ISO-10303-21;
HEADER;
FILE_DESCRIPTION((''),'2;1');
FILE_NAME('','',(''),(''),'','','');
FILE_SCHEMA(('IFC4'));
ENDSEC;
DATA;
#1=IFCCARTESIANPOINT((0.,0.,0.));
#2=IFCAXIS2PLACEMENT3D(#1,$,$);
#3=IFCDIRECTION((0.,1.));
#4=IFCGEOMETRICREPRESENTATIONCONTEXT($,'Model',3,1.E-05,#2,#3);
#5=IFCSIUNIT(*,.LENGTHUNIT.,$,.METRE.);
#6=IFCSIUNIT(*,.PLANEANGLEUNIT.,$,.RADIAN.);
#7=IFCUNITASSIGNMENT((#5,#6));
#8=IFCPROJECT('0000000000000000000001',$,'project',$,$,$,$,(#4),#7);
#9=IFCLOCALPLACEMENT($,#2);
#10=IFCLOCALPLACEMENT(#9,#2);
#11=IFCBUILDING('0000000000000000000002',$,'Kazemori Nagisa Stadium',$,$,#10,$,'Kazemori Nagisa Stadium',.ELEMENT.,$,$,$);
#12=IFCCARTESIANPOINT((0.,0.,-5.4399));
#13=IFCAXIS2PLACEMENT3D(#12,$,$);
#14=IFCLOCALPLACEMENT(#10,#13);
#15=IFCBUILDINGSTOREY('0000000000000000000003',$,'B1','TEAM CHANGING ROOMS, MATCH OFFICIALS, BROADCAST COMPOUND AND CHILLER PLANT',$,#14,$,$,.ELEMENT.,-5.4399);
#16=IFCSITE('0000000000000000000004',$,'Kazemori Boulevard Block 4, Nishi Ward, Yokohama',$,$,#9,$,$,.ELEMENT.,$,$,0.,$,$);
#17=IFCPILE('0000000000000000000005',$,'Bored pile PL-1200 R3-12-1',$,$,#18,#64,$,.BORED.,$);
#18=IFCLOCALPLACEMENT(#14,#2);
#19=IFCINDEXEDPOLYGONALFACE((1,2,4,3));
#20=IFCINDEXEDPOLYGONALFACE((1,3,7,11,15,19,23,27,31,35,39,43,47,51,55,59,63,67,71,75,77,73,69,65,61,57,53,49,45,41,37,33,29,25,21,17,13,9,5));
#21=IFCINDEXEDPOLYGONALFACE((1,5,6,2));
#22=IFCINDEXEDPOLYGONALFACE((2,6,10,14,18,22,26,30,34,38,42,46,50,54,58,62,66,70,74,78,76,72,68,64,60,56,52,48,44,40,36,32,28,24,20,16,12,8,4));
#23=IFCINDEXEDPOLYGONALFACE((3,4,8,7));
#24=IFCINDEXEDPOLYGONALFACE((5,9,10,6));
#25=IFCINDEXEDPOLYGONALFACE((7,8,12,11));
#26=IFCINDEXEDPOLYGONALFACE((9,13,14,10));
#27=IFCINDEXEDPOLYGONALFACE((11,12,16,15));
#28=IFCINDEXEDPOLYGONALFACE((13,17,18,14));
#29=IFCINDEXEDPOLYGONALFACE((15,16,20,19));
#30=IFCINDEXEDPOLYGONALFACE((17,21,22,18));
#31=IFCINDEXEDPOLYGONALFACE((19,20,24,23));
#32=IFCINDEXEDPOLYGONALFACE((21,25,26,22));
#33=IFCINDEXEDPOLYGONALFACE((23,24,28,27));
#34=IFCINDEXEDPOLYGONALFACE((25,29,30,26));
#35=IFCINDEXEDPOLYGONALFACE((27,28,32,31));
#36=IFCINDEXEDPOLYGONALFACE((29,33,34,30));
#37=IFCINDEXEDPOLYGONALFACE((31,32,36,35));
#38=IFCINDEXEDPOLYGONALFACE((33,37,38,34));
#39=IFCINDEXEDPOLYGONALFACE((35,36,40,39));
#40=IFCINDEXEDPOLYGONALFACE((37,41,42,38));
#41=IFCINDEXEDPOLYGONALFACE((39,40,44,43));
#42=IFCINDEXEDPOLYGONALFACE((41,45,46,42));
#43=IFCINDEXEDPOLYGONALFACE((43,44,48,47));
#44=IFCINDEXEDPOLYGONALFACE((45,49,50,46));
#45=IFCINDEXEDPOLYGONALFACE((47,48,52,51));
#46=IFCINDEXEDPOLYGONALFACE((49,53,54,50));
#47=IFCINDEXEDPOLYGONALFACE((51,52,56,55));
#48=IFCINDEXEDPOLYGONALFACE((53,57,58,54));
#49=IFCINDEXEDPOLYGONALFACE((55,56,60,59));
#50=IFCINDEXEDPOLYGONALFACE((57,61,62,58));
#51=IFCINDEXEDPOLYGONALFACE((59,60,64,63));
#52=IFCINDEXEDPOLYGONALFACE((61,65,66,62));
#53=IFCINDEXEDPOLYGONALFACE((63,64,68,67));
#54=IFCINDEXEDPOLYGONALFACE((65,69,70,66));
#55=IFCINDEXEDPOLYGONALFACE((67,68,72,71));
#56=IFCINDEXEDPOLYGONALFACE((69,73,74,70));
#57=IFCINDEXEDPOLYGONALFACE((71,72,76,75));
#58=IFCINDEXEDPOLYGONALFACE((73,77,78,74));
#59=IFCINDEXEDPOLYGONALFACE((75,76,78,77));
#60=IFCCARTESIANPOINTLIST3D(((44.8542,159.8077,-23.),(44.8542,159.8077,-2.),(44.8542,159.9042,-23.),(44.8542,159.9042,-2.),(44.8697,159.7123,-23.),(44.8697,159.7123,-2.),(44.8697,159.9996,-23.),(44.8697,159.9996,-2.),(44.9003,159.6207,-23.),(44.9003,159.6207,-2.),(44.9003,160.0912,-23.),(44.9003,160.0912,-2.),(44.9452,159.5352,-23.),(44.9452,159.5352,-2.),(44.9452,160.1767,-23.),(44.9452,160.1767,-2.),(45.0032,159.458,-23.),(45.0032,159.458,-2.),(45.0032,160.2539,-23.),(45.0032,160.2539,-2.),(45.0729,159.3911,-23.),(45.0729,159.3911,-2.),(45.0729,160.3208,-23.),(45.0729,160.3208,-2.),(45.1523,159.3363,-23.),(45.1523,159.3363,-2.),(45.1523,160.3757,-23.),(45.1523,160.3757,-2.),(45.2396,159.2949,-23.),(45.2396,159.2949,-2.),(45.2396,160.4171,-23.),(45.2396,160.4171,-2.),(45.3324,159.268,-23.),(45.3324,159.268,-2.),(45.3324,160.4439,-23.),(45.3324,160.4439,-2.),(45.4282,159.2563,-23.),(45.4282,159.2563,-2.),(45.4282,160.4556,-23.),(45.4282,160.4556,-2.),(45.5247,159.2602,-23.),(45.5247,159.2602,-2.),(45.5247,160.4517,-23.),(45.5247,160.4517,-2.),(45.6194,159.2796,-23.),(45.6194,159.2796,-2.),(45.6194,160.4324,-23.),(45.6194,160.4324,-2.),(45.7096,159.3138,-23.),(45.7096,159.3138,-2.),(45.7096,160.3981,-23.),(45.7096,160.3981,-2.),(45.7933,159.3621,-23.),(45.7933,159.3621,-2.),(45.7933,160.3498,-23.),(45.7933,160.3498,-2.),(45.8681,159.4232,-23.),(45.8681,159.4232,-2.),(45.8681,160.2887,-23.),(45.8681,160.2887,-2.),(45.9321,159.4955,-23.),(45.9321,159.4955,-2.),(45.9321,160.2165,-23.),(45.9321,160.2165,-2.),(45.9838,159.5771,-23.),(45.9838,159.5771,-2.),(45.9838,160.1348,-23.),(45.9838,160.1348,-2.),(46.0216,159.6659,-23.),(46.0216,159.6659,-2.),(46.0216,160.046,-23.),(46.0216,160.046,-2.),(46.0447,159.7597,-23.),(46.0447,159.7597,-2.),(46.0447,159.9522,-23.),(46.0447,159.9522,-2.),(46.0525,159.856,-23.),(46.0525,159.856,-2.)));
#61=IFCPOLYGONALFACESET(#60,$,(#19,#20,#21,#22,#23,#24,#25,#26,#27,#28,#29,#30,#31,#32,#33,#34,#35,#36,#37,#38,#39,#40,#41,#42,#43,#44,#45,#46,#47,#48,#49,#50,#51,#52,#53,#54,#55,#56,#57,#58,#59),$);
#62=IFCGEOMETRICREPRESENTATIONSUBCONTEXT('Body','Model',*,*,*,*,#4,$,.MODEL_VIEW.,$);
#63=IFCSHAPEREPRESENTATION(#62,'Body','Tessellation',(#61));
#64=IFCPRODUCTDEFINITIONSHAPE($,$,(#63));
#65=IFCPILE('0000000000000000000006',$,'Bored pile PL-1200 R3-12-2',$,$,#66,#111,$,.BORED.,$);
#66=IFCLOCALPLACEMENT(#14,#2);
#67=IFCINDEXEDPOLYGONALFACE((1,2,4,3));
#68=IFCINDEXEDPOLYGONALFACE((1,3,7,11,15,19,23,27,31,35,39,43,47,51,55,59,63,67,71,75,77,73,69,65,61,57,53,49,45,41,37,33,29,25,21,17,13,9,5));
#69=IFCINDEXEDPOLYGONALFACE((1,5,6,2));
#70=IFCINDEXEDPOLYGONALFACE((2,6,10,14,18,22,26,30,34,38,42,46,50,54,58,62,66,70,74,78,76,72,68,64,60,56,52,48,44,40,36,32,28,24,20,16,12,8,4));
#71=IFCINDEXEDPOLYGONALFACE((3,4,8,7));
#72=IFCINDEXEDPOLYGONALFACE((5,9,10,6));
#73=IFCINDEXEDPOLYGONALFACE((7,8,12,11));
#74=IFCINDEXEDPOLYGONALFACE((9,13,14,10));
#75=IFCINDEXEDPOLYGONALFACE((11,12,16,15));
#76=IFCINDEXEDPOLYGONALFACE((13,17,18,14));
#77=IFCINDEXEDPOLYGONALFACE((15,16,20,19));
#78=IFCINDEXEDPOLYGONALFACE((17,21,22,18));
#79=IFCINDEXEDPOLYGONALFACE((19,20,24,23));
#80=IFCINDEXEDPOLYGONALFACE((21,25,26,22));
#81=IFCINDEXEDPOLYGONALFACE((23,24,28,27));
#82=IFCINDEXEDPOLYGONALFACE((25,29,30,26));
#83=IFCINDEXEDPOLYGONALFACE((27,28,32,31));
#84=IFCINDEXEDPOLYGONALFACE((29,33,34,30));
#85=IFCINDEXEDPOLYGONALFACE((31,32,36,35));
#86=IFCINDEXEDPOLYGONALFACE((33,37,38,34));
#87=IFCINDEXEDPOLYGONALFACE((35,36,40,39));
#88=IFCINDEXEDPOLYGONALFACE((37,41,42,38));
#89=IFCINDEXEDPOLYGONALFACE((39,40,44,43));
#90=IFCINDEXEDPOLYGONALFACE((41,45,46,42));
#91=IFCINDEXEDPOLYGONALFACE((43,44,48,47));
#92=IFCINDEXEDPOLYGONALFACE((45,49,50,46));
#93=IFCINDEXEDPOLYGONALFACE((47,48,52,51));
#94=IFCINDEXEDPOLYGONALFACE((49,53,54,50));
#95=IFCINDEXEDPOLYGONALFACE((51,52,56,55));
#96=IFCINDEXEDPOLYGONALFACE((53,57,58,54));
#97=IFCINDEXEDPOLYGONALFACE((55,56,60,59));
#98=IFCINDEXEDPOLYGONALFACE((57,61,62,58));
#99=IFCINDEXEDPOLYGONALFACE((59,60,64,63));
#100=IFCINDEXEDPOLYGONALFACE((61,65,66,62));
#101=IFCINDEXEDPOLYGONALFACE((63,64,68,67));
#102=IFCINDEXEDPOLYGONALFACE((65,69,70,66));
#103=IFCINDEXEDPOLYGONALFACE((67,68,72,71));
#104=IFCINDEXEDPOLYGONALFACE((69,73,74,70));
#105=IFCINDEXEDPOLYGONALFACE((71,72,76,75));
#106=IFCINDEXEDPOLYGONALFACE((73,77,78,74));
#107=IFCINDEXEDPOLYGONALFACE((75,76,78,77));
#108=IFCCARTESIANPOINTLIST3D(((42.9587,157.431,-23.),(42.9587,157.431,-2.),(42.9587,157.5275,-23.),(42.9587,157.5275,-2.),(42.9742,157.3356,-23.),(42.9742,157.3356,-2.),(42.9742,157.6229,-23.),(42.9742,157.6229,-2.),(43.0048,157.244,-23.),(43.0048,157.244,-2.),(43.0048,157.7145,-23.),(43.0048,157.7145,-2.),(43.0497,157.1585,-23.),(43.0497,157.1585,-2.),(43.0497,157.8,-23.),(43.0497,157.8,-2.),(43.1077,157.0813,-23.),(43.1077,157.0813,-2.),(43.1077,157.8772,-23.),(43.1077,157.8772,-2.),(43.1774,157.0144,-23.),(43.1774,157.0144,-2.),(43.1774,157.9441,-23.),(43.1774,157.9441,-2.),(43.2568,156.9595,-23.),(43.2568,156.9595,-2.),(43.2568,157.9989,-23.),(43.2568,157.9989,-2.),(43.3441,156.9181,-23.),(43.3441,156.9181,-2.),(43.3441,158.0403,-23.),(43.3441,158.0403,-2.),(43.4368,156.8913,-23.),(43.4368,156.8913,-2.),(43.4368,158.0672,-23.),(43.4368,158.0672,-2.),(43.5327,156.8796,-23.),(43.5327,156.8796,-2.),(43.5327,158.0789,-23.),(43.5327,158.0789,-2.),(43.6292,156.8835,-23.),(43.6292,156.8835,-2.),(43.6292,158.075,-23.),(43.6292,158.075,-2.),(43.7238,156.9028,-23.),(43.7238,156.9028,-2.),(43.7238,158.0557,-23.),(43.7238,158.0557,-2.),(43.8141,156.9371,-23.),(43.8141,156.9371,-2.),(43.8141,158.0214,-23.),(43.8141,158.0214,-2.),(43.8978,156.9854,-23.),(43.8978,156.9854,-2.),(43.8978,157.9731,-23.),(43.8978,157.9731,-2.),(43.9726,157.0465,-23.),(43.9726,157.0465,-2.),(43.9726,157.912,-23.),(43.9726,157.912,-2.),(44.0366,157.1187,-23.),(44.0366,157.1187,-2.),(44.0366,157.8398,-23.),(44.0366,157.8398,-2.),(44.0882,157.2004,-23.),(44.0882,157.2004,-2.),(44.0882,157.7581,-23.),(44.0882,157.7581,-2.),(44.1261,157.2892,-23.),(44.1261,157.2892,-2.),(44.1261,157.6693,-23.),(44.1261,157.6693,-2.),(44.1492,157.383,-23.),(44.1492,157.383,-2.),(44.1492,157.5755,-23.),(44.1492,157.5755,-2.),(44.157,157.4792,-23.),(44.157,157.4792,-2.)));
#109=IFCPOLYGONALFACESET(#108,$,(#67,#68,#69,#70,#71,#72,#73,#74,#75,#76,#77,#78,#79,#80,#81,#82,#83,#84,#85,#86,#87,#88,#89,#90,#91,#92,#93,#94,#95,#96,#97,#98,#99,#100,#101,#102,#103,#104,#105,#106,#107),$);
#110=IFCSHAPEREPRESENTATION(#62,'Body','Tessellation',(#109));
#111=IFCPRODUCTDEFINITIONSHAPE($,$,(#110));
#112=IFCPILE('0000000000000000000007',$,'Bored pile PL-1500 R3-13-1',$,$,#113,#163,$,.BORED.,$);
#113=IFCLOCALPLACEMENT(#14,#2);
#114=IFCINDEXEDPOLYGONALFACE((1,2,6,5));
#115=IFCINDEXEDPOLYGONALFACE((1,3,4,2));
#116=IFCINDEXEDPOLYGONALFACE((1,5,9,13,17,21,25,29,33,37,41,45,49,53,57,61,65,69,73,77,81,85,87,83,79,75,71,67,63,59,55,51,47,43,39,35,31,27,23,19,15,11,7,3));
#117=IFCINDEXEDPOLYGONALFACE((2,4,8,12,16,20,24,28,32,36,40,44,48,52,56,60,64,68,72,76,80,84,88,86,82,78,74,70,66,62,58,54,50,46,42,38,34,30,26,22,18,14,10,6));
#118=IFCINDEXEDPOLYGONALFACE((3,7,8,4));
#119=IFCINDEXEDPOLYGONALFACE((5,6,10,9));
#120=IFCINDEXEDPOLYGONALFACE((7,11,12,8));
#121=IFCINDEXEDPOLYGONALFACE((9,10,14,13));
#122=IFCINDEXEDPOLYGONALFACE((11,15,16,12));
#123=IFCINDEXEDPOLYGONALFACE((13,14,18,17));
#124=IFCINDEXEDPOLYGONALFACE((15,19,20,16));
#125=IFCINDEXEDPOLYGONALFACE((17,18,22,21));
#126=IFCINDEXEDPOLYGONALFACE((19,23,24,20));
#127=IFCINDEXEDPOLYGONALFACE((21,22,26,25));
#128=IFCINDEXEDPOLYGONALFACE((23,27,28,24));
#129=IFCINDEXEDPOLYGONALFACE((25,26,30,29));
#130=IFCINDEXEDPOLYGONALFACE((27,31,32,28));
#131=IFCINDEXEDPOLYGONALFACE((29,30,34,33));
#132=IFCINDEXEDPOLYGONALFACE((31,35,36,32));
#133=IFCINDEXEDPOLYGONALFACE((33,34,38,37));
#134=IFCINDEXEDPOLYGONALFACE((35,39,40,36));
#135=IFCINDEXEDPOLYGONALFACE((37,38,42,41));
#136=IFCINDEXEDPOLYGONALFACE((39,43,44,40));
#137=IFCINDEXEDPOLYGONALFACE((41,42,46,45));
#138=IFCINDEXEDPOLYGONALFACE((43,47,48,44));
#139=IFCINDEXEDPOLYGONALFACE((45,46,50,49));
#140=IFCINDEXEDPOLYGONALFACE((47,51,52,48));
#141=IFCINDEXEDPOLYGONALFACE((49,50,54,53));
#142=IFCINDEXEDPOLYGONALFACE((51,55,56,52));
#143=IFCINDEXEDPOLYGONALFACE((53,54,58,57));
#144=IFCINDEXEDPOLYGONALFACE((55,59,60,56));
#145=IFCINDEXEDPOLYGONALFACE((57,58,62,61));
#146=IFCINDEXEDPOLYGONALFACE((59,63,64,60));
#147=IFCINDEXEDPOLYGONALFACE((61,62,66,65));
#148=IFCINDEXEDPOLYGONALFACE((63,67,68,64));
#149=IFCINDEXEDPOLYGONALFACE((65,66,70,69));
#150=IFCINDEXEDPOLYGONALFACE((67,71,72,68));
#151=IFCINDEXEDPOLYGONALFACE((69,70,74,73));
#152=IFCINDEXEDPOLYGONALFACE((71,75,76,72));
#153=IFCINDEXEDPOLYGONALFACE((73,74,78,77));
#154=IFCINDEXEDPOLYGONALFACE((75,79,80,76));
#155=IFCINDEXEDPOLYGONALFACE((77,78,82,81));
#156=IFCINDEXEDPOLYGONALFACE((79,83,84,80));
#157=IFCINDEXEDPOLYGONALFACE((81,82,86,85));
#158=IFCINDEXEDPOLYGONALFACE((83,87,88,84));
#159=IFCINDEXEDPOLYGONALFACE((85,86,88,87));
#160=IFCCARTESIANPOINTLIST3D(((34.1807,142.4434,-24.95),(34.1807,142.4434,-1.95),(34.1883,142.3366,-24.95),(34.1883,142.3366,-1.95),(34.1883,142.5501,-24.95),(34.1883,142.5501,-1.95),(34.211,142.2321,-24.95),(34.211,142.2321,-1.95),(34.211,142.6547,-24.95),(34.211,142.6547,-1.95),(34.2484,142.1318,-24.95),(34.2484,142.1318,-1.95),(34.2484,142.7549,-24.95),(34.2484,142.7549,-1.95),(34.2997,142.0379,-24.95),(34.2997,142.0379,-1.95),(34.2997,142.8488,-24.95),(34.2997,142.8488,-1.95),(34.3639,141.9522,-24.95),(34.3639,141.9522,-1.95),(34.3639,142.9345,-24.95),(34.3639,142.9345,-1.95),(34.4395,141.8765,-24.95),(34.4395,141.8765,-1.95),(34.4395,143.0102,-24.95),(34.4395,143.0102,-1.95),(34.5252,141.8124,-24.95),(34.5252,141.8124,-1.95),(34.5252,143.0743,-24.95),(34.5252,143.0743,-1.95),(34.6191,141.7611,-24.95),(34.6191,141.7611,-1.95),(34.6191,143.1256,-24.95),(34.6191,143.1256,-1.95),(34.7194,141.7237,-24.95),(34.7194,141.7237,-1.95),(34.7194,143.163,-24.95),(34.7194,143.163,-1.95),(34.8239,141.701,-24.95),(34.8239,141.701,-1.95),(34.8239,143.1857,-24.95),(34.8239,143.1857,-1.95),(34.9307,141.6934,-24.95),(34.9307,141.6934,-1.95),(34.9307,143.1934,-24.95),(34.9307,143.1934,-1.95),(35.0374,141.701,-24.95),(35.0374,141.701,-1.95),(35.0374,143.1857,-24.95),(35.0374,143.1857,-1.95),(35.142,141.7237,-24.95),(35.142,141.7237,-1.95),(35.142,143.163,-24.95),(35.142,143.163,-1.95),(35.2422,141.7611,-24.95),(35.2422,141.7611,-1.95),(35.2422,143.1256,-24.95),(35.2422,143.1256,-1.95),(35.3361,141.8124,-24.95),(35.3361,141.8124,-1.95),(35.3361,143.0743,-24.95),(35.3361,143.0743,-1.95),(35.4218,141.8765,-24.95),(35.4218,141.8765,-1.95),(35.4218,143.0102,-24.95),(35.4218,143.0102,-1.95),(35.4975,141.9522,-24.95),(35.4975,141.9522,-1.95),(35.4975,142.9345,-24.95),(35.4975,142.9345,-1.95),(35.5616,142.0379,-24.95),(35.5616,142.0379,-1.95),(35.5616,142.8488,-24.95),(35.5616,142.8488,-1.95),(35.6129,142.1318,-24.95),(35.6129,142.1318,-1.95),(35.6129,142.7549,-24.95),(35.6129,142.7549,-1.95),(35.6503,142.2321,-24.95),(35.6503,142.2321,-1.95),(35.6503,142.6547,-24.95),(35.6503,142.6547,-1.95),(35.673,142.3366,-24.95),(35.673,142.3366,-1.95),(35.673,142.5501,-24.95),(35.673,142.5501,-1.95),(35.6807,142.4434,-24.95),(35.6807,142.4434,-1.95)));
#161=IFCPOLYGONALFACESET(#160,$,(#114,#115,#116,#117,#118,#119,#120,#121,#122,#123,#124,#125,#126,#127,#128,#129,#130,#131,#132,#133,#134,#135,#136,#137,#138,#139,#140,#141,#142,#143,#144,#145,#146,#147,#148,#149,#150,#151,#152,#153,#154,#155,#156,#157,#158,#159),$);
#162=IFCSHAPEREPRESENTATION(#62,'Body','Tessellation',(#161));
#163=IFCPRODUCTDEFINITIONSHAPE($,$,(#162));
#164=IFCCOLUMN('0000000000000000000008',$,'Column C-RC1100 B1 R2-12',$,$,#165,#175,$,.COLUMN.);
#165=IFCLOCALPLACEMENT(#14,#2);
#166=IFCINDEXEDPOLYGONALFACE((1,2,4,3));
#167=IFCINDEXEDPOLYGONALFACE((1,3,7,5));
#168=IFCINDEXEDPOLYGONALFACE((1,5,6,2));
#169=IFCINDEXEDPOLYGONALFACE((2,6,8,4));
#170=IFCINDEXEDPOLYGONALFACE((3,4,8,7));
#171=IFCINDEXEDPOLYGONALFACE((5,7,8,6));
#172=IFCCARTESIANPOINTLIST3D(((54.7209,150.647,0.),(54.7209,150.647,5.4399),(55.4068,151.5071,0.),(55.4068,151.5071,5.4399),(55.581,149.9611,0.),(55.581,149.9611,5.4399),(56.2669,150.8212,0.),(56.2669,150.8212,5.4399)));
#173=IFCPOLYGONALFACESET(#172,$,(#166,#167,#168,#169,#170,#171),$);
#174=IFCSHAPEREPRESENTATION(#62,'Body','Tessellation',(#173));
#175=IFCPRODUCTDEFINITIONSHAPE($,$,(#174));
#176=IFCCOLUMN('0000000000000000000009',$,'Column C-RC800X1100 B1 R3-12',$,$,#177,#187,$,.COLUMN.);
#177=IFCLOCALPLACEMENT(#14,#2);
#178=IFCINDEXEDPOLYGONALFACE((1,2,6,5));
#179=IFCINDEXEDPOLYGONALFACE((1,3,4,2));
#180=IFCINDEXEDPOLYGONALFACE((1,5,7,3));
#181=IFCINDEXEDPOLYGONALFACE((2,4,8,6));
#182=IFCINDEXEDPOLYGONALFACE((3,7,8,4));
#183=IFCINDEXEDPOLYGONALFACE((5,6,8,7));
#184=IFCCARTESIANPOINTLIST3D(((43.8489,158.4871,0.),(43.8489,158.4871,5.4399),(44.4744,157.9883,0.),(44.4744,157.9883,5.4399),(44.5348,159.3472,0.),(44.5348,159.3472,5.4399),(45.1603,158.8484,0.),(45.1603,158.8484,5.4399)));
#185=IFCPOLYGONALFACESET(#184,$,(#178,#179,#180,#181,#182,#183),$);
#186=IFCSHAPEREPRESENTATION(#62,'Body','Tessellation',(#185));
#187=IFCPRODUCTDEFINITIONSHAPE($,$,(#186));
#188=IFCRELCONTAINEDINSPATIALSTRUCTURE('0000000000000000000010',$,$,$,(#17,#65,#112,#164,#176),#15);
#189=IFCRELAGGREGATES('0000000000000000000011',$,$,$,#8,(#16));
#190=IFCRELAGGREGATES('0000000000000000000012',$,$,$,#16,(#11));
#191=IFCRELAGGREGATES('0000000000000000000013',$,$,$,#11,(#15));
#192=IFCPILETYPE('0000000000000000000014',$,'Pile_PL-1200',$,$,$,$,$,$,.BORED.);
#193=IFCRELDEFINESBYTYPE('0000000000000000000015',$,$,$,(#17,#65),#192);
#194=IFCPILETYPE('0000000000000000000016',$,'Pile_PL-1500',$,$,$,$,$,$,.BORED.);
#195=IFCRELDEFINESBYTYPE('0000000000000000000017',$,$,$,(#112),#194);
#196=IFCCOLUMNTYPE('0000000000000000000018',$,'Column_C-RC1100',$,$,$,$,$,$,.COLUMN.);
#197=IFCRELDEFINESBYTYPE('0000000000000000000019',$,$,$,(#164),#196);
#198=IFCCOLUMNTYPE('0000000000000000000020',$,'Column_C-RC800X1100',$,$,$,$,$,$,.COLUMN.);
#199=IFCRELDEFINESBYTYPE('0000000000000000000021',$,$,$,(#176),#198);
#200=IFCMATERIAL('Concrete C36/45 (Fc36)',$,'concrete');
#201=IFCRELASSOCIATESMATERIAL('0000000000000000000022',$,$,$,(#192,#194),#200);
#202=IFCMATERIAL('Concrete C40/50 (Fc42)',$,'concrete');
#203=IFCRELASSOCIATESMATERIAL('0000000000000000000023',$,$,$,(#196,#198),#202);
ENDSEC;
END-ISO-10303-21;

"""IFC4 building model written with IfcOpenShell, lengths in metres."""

from ifc_helpers import new_model, si_unit, direction, frame, origin, origin_2d, place, context, subcontext, project, spatial, rectangle, circle, extrude, material, material_profile, profile_set, type_object, element, save


model = new_model("IFC4")

# Units and contexts
model_context = context("Model", 3, precision=1e-05, world=origin(), true_north=direction((0.0, 1.0)))
body_context = subcontext(model_context, "Body", "Model", "MODEL_VIEW")
ifc_project = project(units=[si_unit("LENGTHUNIT", "METRE"), si_unit("PLANEANGLEUNIT", "RADIAN")], contexts=[model_context])

# Site, building, storey
site_placement = place(None, origin())
site = spatial("IfcSite", under=ifc_project, at=site_placement, Name="Kazemori Boulevard Block 4, Nishi Ward, Yokohama", CompositionType="ELEMENT", RefElevation=0.0)
building_placement = place(site_placement, origin())
building = spatial("IfcBuilding", under=site, at=building_placement, Name="Kazemori Nagisa Stadium", LongName="Kazemori Nagisa Stadium", CompositionType="ELEMENT")
storey_placement = place(building_placement, frame((0.0, 0.0, -5.4399)))
storey = spatial("IfcBuildingStorey", under=building, at=storey_placement, Name="B1", Description="TEAM CHANGING ROOMS, MATCH OFFICIALS, BROADCAST COMPOUND AND CHILLER PLANT", CompositionType="ELEMENT", Elevation=-5.4399)

# Shared definitions
ifc_material_1 = material(Name="Concrete C40/50 (Fc42)", Category="concrete")

# Piles
ifc_material_2 = material(Name="Concrete C36/45 (Fc36)", Category="concrete")
ifc_material_profile_1 = material_profile(ifc_material_2, circle(Radius=0.6001, at=origin_2d()), Name="PILE-D1200")
ifc_profile_set_1 = profile_set([ifc_material_profile_1], Name="Concrete C36/45 (Fc36)")
pile_type_1 = type_object("IfcPileType", Name="Pile_PL-1200", PredefinedType="BORED", material=ifc_profile_set_1)
for number, where, z_axis, x_axis, name in (
    (1, (45.4524, 159.856, -2.0), (0.0, 0.0, -1.0), (1.0, 0.0, 0.0), "Bored pile PL-1200 R3-12-1"),
    (2, (43.5569, 157.4792, -2.0), (0.0, 0.0, -1.0), (1.0, 0.0, 0.0), "Bored pile PL-1200 R3-12-2"),
):
    element("IfcPile", number, at=place(storey_placement, frame(where, z_axis=z_axis, x_axis=x_axis)), inside=storey, type_object=pile_type_1, Name=name, PredefinedType="BORED", context=body_context, shape_type="SweptSolid", body=[
        extrude(circle(Radius=0.6001, at=origin_2d()), origin(), (0.0, 0.0, 1.0), 21.0),
    ])
ifc_material_profile_2 = material_profile(ifc_material_2, circle(Radius=0.75, at=origin_2d()), Name="PILE-D1500")
ifc_profile_set_2 = profile_set([ifc_material_profile_2], Name="Concrete C36/45 (Fc36)")
pile_type_2 = type_object("IfcPileType", Name="Pile_PL-1500", PredefinedType="BORED", material=ifc_profile_set_2)
pile_placement = place(storey_placement, frame((34.9307, 142.4434, -1.95), z_axis=(0.0, 0.0, -1.0), x_axis=(1.0, 0.0, 0.0)))
element("IfcPile", 3, at=pile_placement, inside=storey, type_object=pile_type_2, Name="Bored pile PL-1500 R3-13-1", PredefinedType="BORED", context=body_context, shape_type="SweptSolid", body=[
    extrude(circle(Radius=0.75, at=origin_2d()), origin(), (0.0, 0.0, 1.0), 23.0),
])

# Columns
ifc_material_profile_3 = material_profile(ifc_material_1, rectangle(XDim=1.1001, YDim=1.1001, at=origin_2d()), Name="RC-COL-1100x1100")
ifc_profile_set_3 = profile_set([ifc_material_profile_3], Name="Concrete C40/50 (Fc42)")
column_type_1 = type_object("IfcColumnType", Name="Column_C-RC1100", PredefinedType="COLUMN", material=ifc_profile_set_3)
column_1_placement = place(storey_placement, frame((55.4939, 150.7341, 0.0), z_axis=(0.0, 0.0, 1.0), x_axis=(-0.781831, 0.62349, 0.0)))
element("IfcColumn", 4, at=column_1_placement, inside=storey, type_object=column_type_1, Name="Column C-RC1100 B1 R2-12", PredefinedType="COLUMN", context=body_context, shape_type="SweptSolid", body=[
    extrude(rectangle(XDim=1.1001, YDim=1.1001, at=origin_2d()), origin(), (0.0, 0.0, 1.0), 5.4399),
])
ifc_material_profile_4 = material_profile(ifc_material_1, rectangle(XDim=0.8, YDim=1.1001, at=origin_2d()), Name="RC-COL-800x1100")
ifc_profile_set_4 = profile_set([ifc_material_profile_4], Name="Concrete C40/50 (Fc42)")
column_type_2 = type_object("IfcColumnType", Name="Column_C-RC800X1100", PredefinedType="COLUMN", material=ifc_profile_set_4)
column_2_placement = place(storey_placement, frame((44.5046, 158.6677, 0.0), z_axis=(0.0, 0.0, 1.0), x_axis=(-0.781831, 0.62349, 0.0)))
element("IfcColumn", 5, at=column_2_placement, inside=storey, type_object=column_type_2, Name="Column C-RC800X1100 B1 R3-12", PredefinedType="COLUMN", context=body_context, shape_type="SweptSolid", body=[
    extrude(rectangle(XDim=0.8, YDim=1.1001, at=origin_2d()), origin(), (0.0, 0.0, 1.0), 5.4399),
])

save(model, "model.ifc")
